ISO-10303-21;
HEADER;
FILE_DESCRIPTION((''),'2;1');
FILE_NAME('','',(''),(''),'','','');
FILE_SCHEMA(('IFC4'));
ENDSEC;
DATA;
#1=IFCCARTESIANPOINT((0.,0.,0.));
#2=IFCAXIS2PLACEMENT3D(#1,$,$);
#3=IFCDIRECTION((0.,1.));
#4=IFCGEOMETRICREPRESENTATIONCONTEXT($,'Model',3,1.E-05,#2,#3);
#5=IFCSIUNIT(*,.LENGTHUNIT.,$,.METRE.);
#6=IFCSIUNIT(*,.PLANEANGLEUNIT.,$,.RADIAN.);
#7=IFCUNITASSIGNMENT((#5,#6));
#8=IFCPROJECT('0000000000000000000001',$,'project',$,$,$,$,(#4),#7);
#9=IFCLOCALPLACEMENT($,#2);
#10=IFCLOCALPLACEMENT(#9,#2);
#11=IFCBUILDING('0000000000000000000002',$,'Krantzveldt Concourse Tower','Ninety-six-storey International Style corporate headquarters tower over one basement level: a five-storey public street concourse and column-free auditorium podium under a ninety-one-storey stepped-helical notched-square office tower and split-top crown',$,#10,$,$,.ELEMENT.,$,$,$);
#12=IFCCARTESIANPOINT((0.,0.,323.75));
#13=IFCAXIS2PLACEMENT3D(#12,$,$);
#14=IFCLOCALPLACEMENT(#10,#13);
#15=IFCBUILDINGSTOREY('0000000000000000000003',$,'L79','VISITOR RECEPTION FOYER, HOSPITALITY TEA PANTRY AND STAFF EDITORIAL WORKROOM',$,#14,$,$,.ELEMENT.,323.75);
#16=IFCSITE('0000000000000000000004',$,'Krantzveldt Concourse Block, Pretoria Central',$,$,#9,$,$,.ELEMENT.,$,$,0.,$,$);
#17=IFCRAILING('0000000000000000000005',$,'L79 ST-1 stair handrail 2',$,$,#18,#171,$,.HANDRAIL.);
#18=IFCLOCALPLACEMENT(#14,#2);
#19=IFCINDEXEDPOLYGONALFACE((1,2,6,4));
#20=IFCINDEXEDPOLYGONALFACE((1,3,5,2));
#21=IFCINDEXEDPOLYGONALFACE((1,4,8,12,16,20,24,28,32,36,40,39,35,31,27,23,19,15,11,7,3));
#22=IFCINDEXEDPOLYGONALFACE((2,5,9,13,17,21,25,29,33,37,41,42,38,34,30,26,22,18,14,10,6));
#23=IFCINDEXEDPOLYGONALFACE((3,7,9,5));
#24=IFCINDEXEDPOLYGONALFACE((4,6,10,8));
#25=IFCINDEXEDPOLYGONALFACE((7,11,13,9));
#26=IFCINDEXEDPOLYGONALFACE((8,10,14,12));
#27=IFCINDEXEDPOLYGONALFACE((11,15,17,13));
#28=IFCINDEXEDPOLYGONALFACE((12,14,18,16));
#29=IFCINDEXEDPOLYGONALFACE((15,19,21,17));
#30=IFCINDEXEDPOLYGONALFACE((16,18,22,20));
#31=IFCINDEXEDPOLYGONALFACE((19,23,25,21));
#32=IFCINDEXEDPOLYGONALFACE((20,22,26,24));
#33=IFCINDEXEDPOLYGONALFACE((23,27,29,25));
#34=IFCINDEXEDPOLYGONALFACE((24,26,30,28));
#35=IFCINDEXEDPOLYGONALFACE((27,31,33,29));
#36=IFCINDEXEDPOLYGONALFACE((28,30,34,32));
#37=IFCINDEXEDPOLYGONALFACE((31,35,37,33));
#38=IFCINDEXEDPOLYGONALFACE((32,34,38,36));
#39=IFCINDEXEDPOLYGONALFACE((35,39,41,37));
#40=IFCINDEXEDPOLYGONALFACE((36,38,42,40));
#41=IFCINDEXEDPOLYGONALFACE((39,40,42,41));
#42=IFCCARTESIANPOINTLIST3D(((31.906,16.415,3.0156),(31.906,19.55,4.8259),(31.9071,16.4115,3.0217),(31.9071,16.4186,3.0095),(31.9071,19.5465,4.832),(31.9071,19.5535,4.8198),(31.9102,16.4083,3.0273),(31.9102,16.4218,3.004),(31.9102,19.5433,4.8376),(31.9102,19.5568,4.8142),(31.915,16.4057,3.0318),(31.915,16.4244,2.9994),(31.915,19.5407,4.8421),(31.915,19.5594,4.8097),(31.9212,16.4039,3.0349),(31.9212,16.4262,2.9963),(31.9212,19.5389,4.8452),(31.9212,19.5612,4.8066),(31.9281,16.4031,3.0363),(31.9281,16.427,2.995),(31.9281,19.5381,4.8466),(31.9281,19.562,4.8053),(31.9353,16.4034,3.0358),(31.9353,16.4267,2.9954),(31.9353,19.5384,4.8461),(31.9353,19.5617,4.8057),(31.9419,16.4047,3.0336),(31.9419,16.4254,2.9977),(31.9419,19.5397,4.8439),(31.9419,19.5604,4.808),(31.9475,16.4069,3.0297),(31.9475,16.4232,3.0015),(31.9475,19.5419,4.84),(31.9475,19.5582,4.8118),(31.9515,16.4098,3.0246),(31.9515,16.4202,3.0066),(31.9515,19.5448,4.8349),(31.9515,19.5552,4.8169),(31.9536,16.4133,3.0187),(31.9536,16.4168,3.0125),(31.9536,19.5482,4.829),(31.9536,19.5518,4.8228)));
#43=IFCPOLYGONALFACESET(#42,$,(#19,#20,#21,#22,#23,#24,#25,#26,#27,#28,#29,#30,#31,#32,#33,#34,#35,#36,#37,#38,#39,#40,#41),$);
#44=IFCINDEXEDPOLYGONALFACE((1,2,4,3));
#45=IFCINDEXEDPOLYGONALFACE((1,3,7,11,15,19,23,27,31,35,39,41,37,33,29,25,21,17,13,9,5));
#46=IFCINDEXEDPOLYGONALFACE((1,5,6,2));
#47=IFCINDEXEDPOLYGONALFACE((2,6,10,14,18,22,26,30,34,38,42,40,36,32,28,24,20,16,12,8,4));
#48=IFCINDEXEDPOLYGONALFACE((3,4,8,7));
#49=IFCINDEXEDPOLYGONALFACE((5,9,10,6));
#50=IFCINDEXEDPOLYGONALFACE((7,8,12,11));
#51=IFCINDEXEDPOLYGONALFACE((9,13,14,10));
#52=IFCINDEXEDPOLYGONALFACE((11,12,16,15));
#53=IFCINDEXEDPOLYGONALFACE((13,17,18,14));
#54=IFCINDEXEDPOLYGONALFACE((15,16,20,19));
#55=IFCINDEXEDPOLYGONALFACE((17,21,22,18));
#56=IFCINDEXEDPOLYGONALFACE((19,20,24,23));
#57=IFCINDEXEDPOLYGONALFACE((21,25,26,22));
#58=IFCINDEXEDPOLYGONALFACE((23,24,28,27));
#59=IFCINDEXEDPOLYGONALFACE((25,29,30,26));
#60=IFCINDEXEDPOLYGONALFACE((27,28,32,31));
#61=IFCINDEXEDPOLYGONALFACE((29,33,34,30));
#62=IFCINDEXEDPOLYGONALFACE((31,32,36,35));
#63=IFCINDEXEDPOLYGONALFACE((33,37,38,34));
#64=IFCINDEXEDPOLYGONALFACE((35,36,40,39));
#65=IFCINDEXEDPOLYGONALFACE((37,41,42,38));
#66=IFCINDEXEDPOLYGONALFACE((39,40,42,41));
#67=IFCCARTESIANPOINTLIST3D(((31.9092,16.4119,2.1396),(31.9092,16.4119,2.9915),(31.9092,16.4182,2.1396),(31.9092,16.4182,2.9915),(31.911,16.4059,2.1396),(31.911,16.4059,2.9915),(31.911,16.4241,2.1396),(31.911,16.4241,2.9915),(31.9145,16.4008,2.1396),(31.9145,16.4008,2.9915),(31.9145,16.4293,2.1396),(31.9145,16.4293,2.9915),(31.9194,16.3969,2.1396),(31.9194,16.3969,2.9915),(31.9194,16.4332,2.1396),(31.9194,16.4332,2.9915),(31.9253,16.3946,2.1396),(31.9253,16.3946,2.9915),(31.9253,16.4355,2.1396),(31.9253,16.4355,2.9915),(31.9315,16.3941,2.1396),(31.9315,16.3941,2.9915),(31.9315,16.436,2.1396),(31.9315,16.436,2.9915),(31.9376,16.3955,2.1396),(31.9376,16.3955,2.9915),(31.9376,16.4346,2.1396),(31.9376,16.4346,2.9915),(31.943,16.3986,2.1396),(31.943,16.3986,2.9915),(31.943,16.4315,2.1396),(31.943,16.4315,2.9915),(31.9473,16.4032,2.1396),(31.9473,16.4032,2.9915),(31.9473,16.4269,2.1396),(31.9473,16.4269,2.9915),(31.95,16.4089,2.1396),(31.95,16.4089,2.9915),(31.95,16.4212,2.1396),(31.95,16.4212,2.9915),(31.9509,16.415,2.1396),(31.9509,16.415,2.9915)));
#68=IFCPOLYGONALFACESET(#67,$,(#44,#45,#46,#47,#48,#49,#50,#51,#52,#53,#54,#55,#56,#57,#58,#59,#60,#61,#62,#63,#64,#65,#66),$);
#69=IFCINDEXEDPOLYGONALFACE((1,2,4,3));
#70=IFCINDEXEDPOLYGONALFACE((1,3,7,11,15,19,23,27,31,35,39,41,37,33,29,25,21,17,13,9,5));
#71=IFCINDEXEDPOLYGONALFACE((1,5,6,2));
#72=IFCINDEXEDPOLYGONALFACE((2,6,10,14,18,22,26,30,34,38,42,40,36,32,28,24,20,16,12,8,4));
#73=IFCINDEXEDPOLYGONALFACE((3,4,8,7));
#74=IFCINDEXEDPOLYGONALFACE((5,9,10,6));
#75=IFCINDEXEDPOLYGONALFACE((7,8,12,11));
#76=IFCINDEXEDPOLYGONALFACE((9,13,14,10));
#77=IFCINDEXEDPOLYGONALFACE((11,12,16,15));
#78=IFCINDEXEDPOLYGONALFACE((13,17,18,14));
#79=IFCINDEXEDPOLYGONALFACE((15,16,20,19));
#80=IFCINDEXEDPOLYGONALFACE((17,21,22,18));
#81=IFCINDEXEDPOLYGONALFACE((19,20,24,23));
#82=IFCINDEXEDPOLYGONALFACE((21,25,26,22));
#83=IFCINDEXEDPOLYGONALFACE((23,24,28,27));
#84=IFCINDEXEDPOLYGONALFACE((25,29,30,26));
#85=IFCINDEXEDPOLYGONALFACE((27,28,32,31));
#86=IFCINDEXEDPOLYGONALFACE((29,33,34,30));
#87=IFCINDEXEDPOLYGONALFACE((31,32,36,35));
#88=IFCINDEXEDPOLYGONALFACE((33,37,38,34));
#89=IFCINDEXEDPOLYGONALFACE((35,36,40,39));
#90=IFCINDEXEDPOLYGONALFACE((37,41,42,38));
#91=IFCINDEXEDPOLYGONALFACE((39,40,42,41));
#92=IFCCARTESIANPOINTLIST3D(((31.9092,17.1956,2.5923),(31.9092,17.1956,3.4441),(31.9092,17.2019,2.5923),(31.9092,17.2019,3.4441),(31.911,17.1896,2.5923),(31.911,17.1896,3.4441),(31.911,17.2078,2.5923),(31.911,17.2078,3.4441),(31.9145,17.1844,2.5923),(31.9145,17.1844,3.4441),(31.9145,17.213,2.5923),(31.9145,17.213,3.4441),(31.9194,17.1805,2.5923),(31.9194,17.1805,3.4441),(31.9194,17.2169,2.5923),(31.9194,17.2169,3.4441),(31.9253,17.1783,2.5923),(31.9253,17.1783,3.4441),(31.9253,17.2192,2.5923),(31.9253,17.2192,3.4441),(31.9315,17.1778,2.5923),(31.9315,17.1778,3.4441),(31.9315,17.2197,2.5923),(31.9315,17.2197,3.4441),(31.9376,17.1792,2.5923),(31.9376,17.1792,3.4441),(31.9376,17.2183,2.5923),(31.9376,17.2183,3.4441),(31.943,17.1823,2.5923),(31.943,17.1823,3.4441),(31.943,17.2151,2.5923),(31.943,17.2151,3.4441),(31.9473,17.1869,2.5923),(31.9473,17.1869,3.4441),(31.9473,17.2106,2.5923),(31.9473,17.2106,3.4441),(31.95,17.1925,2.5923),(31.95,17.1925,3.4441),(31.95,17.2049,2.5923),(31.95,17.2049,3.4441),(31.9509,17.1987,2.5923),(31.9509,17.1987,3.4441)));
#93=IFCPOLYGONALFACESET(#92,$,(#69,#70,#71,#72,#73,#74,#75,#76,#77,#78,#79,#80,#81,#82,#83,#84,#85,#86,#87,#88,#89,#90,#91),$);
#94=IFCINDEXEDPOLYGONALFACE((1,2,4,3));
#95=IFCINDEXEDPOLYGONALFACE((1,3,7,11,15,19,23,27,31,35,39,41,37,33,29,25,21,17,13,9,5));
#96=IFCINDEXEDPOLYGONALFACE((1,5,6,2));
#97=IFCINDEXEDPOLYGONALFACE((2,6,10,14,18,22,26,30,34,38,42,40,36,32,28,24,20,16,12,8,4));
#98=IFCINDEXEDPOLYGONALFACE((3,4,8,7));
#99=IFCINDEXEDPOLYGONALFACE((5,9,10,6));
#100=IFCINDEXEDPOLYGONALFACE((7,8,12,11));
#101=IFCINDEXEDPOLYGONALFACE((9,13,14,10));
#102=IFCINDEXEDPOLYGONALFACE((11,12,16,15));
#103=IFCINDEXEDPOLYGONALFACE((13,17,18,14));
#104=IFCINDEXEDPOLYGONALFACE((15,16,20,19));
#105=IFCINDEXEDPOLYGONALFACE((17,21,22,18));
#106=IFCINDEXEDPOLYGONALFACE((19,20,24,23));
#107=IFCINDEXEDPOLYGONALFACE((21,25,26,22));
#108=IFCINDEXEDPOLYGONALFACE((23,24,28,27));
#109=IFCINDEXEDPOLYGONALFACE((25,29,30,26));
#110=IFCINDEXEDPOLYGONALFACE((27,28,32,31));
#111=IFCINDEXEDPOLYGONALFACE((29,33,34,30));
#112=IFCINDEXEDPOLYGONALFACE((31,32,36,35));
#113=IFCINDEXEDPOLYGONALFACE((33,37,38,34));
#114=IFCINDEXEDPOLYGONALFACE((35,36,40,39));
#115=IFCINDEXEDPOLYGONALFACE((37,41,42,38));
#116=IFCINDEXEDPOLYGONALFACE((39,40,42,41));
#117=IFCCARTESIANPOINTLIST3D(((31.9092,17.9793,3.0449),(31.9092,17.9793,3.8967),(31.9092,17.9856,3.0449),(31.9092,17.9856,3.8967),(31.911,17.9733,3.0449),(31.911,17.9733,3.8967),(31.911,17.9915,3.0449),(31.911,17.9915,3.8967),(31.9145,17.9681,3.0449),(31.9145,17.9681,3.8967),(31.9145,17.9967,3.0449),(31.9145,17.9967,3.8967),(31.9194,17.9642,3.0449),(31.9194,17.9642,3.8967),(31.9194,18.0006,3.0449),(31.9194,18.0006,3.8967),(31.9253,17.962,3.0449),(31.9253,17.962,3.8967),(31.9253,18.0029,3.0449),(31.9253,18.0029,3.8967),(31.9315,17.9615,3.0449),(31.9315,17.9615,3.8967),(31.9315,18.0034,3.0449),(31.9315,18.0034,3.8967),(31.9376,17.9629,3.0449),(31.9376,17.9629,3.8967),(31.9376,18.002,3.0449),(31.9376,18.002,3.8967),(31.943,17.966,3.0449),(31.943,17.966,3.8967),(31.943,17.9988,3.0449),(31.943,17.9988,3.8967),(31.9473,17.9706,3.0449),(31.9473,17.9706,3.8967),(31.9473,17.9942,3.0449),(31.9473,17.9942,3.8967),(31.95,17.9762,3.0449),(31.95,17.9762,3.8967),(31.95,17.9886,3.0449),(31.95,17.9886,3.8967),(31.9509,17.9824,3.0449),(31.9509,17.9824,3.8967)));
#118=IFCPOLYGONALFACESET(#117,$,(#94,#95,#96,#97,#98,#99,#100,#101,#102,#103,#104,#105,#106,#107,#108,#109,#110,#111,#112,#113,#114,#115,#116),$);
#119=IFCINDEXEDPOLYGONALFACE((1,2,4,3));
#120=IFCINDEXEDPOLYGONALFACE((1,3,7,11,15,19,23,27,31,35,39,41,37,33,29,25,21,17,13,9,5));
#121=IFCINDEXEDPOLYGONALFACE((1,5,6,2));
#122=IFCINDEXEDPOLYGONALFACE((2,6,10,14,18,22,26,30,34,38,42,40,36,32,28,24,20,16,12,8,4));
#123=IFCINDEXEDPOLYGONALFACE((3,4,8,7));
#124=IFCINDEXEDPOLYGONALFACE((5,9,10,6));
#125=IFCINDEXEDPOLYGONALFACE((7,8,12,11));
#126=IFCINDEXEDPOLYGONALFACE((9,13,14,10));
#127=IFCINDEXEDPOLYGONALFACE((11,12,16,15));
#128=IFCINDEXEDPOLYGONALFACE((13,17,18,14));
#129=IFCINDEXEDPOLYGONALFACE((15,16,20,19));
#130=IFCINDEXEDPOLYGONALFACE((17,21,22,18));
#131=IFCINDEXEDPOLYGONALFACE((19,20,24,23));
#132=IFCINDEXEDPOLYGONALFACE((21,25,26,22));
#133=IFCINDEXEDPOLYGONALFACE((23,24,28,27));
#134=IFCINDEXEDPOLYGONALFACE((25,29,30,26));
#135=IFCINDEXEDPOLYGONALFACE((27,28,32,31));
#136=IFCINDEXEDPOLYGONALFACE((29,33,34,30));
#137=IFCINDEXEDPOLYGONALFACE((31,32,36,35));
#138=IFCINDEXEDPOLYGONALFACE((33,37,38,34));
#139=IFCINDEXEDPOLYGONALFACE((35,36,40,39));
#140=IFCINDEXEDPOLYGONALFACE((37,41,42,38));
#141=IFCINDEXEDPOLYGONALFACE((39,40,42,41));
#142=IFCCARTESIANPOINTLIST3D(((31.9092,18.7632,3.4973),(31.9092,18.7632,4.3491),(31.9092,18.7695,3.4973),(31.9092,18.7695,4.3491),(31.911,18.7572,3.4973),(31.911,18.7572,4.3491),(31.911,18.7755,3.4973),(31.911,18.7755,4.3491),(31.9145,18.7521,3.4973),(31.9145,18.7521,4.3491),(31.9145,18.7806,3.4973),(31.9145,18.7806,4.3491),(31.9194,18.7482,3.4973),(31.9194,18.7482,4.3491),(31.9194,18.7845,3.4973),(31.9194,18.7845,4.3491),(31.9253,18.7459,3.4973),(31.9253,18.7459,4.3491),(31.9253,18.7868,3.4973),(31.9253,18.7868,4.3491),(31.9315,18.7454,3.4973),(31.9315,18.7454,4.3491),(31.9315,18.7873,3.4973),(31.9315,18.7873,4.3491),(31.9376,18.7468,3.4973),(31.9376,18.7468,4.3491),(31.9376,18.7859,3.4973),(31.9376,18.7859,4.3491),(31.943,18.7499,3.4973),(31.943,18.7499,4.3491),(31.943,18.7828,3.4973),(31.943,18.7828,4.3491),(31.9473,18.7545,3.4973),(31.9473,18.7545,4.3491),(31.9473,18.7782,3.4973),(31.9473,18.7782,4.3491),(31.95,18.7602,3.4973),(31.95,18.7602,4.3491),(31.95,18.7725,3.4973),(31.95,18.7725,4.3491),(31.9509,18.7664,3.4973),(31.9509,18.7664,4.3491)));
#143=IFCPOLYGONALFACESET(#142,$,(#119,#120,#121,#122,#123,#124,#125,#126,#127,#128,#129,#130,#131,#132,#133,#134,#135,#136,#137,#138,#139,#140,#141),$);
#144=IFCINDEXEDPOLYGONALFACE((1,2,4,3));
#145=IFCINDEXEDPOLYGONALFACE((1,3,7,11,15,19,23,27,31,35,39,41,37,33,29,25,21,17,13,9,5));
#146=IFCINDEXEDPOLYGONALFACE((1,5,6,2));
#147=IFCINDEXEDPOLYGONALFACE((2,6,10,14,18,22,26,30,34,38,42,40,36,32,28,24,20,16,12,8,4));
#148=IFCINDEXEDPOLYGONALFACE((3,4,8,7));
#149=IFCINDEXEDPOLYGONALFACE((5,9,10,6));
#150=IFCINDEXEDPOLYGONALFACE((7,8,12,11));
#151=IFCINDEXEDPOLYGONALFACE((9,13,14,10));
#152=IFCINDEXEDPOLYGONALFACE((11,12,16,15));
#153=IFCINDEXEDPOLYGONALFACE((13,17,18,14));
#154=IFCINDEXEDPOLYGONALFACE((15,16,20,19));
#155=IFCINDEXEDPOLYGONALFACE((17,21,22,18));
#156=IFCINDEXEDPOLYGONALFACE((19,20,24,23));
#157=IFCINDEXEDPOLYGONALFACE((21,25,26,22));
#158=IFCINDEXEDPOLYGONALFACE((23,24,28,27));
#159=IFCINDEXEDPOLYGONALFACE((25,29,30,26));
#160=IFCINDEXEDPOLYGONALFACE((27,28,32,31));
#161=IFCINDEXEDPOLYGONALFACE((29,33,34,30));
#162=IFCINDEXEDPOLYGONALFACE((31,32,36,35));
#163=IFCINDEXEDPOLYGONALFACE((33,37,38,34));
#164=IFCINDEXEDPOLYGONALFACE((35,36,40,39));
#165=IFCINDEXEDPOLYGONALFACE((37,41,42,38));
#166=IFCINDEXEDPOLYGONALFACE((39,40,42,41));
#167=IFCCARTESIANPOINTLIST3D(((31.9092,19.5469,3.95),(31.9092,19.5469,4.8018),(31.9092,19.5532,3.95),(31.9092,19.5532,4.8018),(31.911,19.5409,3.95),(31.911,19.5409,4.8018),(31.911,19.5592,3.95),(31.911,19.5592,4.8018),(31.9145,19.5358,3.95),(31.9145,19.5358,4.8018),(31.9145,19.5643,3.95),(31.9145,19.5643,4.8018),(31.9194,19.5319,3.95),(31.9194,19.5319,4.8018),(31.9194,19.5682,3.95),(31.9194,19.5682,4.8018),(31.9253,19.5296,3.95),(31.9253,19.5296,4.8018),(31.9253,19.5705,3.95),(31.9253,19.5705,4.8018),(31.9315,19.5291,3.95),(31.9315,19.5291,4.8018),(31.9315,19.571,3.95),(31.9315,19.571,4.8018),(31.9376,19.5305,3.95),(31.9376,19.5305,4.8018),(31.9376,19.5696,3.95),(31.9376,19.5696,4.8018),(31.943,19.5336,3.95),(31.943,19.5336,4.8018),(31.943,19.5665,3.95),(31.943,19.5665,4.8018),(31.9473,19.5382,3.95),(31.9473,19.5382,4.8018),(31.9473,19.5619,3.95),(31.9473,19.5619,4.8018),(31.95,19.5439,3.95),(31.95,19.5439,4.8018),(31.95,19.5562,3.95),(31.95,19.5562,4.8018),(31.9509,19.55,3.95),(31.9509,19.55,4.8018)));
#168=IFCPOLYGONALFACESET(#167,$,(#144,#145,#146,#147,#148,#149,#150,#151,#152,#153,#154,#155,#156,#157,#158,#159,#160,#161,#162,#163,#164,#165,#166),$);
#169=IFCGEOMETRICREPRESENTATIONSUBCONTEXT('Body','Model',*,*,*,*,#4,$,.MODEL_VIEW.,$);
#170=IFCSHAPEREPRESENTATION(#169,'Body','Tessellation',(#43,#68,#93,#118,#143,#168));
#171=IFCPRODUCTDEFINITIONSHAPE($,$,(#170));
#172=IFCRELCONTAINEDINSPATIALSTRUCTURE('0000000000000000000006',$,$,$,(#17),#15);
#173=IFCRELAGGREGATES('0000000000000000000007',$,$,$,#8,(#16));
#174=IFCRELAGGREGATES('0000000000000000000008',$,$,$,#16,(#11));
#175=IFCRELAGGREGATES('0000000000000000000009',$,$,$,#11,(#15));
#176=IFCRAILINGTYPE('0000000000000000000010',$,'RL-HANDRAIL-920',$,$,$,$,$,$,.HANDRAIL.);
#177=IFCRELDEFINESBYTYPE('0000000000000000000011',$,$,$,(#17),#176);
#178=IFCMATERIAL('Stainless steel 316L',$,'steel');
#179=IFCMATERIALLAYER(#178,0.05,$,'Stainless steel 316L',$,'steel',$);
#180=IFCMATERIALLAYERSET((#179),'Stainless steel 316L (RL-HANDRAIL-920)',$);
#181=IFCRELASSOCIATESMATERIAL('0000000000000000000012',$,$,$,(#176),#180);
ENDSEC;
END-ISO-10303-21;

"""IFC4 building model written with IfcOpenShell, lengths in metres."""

from ifc_helpers import new_model, si_unit, direction, frame, origin, origin_2d, place, context, subcontext, project, spatial, circle, extrude, material, layer, layer_set, type_object, element, save


model = new_model("IFC4")

# Units and contexts
model_context = context("Model", 3, precision=1e-05, world=origin(), true_north=direction((0.0, 1.0)))
body_context = subcontext(model_context, "Body", "Model", "MODEL_VIEW")
ifc_project = project(units=[si_unit("LENGTHUNIT", "METRE"), si_unit("PLANEANGLEUNIT", "RADIAN")], contexts=[model_context])

# Site, building, storey
site_placement = place(None, origin())
site = spatial("IfcSite", under=ifc_project, at=site_placement, Name="Krantzveldt Concourse Block, Pretoria Central", CompositionType="ELEMENT", RefElevation=0.0)
building_placement = place(site_placement, origin())
building = spatial("IfcBuilding", under=site, at=building_placement, Name="Krantzveldt Concourse Tower", Description="Ninety-six-storey International Style corporate headquarters tower over one basement level: a five-storey public street concourse and column-free auditorium podium under a ninety-one-storey stepped-helical notched-square office tower and split-top crown", CompositionType="ELEMENT")
storey_placement = place(building_placement, frame((0.0, 0.0, 323.75)))
storey = spatial("IfcBuildingStorey", under=building, at=storey_placement, Name="L79", Description="VISITOR RECEPTION FOYER, HOSPITALITY TEA PANTRY AND STAFF EDITORIAL WORKROOM", CompositionType="ELEMENT", Elevation=323.75)

# Shared definitions
ifc_material_1 = material(Name="Stainless steel 316L", Category="steel")

# Railing
ifc_layer_1 = layer(ifc_material_1, 0.05, Name="Stainless steel 316L", Category="steel")
ifc_layer_set_1 = layer_set([ifc_layer_1], Name="Stainless steel 316L (RL-HANDRAIL-920)")
railing_type_1 = type_object("IfcRailingType", Name="RL-HANDRAIL-920", PredefinedType="HANDRAIL", material=ifc_layer_set_1)
railing_1_placement = place(storey_placement, frame((31.9299, 16.415, 2.1396)))
element("IfcRailing", 1, at=railing_1_placement, inside=storey, type_object=railing_type_1, Name="L79 ST-1 stair handrail 2", PredefinedType="HANDRAIL", context=body_context, shape_type="SweptSolid", body=[
    extrude(circle(Radius=0.0239, at=origin_2d()), frame((0.0, 0.0, 0.876), z_axis=(0.0, 0.865989, 0.500063), x_axis=(-1.0, 0.0, 0.0)), (0.0, 0.0, 1.0), 3.6201),
    extrude(circle(Radius=0.021, at=origin_2d()), origin(), (0.0, 0.0, 1.0), 0.8518),
    extrude(circle(Radius=0.021, at=origin_2d()), frame((0.0, 0.7837, 0.4526)), (0.0, 0.0, 1.0), 0.8518),
    extrude(circle(Radius=0.021, at=origin_2d()), frame((0.0, 1.5674, 0.9053)), (0.0, 0.0, 1.0), 0.8518),
    extrude(circle(Radius=0.021, at=origin_2d()), frame((0.0, 2.3513, 1.3577)), (0.0, 0.0, 1.0), 0.8518),
    extrude(circle(Radius=0.021, at=origin_2d()), frame((0.0, 3.135, 1.8103)), (0.0, 0.0, 1.0), 0.8518),
])

save(model, "model.ifc")
